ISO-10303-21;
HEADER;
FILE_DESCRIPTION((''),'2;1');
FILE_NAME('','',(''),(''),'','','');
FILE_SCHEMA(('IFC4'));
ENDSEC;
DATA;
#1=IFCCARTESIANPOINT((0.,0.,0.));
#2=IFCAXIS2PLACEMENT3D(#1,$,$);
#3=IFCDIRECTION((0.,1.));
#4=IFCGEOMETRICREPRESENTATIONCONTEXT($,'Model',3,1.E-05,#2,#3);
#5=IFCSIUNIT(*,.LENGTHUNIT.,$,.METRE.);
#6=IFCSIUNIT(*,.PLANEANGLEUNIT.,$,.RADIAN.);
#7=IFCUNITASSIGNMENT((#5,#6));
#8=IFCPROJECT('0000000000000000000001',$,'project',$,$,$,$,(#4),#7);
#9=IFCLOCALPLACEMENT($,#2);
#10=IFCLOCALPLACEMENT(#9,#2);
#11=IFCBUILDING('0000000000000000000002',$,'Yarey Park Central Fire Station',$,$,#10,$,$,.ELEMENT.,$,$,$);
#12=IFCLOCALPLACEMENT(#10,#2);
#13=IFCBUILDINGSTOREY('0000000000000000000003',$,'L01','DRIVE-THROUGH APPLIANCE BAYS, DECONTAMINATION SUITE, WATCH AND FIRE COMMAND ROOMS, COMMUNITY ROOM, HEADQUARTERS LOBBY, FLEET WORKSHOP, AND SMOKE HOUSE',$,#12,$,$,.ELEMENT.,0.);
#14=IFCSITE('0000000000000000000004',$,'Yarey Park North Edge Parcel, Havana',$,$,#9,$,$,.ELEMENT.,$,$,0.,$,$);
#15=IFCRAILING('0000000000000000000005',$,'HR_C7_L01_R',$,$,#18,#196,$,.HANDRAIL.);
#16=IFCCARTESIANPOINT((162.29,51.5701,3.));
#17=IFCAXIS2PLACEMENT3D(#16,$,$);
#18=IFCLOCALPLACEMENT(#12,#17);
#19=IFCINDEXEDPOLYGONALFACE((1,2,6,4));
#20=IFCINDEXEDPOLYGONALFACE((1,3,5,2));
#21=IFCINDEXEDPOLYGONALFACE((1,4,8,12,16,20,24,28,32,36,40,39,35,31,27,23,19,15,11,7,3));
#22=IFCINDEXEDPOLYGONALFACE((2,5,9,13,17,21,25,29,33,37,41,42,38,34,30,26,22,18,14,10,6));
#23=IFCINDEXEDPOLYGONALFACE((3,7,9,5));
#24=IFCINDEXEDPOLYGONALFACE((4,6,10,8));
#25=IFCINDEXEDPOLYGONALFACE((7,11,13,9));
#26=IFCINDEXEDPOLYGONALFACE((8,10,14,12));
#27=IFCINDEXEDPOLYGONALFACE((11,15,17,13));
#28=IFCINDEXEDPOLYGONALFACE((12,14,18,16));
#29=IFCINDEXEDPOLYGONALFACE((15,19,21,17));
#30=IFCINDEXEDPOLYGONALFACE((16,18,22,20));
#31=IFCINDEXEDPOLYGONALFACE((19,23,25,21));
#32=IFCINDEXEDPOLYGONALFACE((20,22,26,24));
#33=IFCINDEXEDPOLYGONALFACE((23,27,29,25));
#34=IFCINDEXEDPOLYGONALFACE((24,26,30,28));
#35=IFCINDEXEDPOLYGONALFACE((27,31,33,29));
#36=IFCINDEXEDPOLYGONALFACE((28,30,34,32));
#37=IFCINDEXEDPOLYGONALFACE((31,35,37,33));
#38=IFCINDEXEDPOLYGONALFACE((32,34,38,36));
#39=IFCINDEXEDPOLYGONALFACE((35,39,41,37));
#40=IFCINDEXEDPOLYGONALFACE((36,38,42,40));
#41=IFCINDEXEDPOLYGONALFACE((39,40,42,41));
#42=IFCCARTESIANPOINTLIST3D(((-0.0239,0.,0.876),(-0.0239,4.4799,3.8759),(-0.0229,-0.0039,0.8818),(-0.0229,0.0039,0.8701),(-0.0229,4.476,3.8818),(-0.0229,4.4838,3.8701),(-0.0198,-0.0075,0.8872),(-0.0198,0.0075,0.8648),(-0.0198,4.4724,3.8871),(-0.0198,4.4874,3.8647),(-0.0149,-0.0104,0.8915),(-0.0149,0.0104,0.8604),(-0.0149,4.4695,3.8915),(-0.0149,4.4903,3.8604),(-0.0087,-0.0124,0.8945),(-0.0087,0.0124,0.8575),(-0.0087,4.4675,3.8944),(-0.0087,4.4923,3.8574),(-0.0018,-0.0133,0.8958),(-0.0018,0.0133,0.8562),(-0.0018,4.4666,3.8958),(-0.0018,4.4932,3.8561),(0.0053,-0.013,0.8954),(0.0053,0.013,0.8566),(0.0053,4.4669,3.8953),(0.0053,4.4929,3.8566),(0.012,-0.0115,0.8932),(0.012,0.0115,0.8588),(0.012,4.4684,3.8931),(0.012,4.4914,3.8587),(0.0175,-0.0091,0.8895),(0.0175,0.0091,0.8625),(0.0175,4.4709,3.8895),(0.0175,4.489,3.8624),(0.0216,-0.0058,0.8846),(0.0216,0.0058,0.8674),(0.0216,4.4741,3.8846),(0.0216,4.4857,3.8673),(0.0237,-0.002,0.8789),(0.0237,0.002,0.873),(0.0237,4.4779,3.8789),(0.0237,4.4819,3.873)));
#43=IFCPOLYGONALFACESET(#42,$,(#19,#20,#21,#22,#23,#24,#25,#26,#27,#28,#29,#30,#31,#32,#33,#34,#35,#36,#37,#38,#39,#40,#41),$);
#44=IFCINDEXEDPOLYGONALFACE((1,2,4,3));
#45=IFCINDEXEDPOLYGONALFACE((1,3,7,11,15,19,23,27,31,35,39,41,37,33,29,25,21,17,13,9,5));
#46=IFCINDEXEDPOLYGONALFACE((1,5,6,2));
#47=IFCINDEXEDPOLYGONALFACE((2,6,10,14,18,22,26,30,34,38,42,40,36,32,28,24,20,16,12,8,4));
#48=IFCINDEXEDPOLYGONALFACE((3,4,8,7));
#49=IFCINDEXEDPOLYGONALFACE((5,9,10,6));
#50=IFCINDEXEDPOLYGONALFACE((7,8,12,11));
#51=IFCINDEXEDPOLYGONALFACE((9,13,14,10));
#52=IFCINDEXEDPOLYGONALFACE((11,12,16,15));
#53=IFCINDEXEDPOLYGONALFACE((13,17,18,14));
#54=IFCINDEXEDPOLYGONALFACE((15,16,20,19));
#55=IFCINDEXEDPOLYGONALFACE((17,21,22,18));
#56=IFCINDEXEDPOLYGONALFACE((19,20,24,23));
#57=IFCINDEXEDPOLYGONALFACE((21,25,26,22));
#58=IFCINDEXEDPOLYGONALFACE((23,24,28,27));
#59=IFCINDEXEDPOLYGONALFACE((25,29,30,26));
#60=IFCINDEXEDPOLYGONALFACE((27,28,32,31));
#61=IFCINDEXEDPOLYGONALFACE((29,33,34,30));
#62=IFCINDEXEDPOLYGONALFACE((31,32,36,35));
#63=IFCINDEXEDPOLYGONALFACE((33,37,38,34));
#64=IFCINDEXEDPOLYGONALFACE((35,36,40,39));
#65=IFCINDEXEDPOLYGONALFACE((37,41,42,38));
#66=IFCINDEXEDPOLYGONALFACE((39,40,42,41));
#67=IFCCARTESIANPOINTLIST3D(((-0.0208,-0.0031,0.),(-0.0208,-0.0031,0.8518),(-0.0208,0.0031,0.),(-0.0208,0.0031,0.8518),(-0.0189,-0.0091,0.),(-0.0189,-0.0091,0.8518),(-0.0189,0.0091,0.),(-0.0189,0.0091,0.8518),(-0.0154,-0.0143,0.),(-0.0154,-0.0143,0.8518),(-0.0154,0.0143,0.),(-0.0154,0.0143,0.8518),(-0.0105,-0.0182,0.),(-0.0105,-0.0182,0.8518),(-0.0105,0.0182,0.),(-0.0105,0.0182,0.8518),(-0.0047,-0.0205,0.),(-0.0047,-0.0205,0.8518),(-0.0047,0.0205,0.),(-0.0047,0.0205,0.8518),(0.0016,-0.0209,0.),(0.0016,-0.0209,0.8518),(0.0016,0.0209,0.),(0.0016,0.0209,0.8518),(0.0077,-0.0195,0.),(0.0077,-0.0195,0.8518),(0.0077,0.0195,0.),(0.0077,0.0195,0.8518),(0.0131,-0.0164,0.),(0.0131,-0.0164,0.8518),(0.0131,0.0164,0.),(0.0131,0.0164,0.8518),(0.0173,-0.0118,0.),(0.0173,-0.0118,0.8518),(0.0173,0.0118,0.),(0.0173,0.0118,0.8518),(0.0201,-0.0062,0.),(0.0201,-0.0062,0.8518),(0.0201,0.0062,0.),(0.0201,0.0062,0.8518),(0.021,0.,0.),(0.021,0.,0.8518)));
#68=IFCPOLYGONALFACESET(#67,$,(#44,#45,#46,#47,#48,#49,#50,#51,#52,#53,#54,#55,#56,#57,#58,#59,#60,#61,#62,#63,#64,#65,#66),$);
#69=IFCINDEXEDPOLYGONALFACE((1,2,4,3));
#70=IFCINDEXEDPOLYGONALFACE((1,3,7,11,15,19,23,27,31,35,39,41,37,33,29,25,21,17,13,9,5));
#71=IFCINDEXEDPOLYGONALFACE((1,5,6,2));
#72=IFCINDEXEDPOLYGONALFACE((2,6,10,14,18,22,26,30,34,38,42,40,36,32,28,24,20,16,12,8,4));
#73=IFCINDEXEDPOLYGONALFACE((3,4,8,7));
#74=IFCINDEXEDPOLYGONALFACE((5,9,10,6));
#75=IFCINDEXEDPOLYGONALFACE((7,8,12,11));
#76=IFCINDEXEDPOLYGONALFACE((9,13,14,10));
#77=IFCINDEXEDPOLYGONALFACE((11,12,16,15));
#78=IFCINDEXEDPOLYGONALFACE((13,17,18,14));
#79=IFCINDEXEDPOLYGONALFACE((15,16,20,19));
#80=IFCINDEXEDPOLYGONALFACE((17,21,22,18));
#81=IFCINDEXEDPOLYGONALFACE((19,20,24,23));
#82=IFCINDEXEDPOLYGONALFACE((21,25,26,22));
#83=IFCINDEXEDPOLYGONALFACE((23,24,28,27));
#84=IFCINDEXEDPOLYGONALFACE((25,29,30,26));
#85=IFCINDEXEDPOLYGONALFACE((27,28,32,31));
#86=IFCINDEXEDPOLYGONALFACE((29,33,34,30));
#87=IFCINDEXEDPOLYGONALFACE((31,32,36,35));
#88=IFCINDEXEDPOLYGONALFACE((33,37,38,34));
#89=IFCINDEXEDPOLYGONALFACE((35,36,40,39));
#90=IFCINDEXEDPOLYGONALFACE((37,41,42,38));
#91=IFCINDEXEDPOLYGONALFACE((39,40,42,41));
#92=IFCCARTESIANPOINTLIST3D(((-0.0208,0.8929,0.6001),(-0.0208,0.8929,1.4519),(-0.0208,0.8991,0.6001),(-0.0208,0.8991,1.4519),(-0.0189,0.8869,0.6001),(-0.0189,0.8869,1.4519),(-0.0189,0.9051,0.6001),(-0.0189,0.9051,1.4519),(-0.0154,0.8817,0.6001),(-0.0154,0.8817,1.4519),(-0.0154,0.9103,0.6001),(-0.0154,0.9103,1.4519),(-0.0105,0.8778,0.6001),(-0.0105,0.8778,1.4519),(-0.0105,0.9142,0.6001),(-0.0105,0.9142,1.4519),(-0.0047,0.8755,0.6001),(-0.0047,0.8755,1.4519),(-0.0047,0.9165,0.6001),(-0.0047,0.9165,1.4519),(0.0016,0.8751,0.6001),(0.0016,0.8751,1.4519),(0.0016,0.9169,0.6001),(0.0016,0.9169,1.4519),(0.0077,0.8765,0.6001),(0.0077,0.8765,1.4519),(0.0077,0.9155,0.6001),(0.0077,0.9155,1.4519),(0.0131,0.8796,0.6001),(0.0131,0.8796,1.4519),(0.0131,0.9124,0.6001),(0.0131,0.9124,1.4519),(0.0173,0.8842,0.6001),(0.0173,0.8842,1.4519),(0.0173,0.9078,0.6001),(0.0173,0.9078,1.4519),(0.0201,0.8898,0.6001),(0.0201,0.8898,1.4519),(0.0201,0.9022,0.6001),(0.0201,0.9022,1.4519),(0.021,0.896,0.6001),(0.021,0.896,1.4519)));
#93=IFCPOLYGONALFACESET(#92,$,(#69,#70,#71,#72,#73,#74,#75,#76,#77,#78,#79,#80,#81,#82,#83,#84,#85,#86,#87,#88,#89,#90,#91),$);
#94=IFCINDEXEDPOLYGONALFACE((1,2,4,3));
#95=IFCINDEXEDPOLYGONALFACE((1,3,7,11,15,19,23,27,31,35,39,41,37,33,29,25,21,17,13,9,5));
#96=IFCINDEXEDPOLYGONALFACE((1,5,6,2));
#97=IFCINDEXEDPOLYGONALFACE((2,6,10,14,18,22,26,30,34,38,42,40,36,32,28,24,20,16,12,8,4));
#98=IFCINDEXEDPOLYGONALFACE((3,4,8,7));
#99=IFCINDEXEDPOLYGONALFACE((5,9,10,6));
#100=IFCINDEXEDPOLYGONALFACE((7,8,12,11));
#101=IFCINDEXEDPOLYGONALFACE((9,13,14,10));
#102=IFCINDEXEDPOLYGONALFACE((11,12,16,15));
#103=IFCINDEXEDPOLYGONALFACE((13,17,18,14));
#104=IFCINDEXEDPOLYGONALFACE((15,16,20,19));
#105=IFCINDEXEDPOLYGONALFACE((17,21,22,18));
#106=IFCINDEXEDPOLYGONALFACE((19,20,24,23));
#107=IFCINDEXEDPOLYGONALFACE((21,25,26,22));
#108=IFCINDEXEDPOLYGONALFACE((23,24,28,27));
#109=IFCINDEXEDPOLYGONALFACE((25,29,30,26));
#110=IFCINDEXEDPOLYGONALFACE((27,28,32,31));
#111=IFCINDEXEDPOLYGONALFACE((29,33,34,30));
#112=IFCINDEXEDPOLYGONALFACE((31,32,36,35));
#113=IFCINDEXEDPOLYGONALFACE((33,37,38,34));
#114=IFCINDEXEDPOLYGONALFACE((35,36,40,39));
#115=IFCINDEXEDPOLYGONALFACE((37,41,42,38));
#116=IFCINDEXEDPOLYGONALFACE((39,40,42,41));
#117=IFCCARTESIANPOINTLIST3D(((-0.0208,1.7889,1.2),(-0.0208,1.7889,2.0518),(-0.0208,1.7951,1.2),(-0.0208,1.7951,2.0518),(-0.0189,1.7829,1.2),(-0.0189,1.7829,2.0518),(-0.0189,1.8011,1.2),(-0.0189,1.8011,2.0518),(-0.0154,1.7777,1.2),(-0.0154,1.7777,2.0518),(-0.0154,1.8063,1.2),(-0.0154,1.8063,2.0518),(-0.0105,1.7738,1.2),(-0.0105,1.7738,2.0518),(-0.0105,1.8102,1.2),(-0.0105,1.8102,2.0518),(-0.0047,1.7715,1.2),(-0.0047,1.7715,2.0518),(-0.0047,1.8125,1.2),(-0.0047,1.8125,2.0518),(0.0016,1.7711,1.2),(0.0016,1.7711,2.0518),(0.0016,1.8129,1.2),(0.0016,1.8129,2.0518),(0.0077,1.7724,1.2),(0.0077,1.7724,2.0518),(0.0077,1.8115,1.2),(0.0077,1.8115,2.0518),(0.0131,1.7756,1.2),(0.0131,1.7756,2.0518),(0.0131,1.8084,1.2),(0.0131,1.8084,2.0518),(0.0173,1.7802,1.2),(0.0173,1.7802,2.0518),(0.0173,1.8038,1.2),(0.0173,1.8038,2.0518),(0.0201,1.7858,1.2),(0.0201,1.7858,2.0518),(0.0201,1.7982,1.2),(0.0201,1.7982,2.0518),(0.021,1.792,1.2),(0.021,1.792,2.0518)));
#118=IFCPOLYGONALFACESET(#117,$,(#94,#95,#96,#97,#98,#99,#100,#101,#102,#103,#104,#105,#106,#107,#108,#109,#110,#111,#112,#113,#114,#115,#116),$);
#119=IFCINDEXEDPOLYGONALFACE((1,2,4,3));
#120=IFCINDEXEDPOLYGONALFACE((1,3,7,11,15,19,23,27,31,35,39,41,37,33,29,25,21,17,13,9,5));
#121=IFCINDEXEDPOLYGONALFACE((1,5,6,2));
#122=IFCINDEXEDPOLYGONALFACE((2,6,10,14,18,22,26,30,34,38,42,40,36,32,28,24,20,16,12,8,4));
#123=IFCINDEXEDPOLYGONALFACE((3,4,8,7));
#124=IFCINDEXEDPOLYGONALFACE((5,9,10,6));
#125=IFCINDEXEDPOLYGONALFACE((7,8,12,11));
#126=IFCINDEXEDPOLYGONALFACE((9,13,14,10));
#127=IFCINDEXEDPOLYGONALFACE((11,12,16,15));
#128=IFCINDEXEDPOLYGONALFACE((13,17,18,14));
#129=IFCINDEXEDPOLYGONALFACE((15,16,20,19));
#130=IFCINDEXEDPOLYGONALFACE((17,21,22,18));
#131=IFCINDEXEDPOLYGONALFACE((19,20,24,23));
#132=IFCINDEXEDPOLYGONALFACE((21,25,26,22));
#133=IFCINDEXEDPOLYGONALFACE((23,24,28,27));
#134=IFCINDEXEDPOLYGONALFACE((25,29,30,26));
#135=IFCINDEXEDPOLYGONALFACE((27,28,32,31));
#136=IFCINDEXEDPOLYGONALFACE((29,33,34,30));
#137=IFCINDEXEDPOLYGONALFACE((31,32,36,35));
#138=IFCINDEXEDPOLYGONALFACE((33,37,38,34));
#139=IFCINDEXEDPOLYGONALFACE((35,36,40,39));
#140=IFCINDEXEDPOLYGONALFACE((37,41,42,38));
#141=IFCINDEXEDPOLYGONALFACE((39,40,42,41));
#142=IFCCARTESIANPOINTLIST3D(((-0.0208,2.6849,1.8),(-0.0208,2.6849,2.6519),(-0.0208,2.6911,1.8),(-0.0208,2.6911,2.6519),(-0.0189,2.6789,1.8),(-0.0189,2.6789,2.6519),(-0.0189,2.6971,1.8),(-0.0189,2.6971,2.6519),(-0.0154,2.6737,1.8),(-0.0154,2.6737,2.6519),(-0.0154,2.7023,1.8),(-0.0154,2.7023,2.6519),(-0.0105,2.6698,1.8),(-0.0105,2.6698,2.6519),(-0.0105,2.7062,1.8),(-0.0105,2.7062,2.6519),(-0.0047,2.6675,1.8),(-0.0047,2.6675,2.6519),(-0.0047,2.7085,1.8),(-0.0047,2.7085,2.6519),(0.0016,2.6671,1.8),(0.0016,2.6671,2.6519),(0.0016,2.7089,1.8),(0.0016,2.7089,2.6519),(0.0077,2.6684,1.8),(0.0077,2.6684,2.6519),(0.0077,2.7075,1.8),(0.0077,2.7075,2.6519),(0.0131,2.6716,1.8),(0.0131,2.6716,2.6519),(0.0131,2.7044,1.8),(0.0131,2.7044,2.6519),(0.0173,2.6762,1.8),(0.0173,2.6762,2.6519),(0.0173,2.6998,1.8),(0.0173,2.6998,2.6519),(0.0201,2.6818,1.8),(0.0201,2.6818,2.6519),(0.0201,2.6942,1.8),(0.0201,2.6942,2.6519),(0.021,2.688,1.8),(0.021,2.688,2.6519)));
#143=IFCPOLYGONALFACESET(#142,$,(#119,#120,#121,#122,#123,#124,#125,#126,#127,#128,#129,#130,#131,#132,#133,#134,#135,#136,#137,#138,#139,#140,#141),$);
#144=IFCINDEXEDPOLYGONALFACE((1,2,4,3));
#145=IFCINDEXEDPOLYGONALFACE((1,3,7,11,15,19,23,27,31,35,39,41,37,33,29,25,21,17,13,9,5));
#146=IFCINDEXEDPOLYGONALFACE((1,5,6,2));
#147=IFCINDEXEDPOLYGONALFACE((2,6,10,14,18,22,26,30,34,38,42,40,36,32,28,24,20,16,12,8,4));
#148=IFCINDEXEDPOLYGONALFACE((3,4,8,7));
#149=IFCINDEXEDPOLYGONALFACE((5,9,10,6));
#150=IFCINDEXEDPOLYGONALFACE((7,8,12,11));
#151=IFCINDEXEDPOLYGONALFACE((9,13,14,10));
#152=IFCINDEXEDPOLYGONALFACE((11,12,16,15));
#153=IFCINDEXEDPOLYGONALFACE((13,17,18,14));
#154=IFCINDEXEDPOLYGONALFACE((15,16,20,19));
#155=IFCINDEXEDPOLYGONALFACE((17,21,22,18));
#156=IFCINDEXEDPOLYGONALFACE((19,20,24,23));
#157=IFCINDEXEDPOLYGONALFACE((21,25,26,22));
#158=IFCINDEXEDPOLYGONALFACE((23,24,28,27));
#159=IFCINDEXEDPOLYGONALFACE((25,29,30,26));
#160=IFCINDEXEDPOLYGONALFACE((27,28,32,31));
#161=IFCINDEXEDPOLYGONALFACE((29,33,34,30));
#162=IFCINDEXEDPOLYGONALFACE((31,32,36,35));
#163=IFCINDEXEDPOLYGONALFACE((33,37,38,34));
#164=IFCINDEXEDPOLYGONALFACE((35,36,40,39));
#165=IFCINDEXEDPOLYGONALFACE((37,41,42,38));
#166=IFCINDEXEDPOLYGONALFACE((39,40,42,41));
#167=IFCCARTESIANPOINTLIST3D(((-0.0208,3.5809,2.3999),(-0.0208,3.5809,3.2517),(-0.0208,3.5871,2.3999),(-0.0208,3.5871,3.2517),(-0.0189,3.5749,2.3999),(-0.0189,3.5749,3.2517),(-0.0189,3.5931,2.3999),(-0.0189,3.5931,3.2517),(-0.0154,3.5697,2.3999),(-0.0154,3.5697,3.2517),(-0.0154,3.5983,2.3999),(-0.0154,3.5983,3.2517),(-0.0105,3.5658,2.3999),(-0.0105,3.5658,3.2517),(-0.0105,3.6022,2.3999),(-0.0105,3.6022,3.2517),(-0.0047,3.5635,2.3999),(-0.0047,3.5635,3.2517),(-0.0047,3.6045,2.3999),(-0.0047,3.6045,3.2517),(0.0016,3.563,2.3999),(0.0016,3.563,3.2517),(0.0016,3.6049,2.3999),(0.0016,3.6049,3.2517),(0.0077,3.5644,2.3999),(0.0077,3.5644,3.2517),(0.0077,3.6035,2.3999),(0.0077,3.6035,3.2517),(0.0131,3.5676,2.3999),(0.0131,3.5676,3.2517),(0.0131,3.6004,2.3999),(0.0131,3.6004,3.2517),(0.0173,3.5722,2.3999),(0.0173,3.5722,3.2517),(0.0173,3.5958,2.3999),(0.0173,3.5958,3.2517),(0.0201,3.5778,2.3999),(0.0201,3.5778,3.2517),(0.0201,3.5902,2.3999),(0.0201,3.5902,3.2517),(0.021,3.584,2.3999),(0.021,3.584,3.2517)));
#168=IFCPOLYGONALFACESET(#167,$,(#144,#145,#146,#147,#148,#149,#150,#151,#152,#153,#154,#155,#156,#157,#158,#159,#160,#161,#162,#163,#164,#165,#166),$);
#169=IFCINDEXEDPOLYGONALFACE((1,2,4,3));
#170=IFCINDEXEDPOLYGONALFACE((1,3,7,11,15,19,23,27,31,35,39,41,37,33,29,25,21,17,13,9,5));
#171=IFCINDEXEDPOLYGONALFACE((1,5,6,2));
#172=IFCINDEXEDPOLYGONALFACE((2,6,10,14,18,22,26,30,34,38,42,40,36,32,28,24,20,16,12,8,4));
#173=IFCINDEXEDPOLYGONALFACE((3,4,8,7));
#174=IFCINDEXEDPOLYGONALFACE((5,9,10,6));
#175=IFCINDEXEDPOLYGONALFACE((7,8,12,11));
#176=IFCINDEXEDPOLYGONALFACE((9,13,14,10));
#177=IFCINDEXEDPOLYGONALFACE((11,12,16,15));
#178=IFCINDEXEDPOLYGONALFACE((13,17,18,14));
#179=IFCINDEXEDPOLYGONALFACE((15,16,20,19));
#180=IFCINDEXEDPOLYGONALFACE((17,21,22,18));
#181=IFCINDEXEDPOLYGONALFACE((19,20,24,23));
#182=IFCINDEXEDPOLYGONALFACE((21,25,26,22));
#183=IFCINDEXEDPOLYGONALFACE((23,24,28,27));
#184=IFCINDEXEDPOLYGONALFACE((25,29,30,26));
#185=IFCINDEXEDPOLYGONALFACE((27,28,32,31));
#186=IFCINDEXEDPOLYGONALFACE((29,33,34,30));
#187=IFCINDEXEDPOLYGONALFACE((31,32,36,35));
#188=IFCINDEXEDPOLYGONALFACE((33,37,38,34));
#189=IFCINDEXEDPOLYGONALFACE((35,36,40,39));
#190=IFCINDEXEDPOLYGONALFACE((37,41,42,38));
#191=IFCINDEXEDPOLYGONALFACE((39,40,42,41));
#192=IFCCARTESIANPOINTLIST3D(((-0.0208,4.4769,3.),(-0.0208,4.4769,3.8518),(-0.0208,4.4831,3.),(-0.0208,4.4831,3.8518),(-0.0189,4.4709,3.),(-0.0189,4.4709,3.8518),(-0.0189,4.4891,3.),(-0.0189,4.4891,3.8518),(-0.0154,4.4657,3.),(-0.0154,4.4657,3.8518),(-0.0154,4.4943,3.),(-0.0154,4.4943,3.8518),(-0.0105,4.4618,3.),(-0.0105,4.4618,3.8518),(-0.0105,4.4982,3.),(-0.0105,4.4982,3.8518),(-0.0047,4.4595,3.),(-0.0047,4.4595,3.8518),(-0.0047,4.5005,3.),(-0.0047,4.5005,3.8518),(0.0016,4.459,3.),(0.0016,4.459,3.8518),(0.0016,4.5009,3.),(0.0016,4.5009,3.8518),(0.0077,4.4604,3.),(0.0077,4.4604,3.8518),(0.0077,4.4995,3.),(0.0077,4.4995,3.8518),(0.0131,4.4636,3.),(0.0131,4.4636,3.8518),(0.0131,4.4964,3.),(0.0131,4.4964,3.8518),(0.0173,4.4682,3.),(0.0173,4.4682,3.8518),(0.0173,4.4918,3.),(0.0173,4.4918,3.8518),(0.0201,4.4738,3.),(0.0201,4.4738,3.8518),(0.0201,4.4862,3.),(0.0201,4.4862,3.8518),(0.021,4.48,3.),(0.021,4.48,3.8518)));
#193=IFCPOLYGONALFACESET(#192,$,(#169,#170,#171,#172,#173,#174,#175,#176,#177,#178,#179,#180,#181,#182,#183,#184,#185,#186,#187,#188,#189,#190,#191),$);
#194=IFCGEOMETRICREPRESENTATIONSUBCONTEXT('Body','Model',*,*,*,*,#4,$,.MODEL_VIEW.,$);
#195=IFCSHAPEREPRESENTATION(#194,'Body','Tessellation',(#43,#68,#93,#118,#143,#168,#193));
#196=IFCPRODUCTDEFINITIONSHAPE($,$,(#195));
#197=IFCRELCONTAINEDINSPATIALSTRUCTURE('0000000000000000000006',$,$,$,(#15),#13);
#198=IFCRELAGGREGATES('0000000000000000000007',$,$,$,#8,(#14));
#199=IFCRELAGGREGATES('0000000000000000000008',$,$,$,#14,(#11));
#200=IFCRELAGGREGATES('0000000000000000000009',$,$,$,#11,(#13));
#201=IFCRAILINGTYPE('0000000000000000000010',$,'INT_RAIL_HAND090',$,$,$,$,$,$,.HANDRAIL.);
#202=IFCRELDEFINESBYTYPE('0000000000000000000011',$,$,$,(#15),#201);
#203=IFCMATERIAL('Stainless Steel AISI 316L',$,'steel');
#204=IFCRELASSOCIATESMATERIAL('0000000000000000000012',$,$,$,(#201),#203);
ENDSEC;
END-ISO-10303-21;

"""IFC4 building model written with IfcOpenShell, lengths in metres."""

from ifc_helpers import new_model, si_unit, direction, frame, origin, origin_2d, place, context, subcontext, project, spatial, circle, extrude, material, type_object, element, save


model = new_model("IFC4")

# Units and contexts
model_context = context("Model", 3, precision=1e-05, world=origin(), true_north=direction((0.0, 1.0)))
body_context = subcontext(model_context, "Body", "Model", "MODEL_VIEW")
ifc_project = project(units=[si_unit("LENGTHUNIT", "METRE"), si_unit("PLANEANGLEUNIT", "RADIAN")], contexts=[model_context])

# Site, building, storey
site_placement = place(None, origin())
site = spatial("IfcSite", under=ifc_project, at=site_placement, Name="Yarey Park North Edge Parcel, Havana", CompositionType="ELEMENT", RefElevation=0.0)
building_placement = place(site_placement, origin())
building = spatial("IfcBuilding", under=site, at=building_placement, Name="Yarey Park Central Fire Station", CompositionType="ELEMENT")
storey_placement = place(building_placement, origin())
storey = spatial("IfcBuildingStorey", under=building, at=storey_placement, Name="L01", Description="DRIVE-THROUGH APPLIANCE BAYS, DECONTAMINATION SUITE, WATCH AND FIRE COMMAND ROOMS, COMMUNITY ROOM, HEADQUARTERS LOBBY, FLEET WORKSHOP, AND SMOKE HOUSE", CompositionType="ELEMENT", Elevation=0.0)

# Railing
ifc_material_1 = material(Name="Stainless Steel AISI 316L", Category="steel")
railing_type = type_object("IfcRailingType", Name="INT_RAIL_HAND090", PredefinedType="HANDRAIL", material=ifc_material_1)
for number, where, name in (
    (1, (162.29, 51.5701, 3.0), "HR_C7_L01_R"),
):
    element("IfcRailing", number, at=place(storey_placement, frame(where)), inside=storey, type_object=railing_type, Name=name, PredefinedType="HANDRAIL", context=body_context, shape_type="SweptSolid", body=[
        extrude(circle(Radius=0.0239, at=origin_2d()), frame((0.0, 0.0, 0.876), z_axis=(0.0, 0.830906, 0.556413), x_axis=(-1.0, 0.0, 0.0)), (0.0, 0.0, 1.0), 5.3916),
        extrude(circle(Radius=0.021, at=origin_2d()), origin(), (0.0, 0.0, 1.0), 0.8518),
        extrude(circle(Radius=0.021, at=origin_2d()), frame((0.0, 0.896, 0.6001)), (0.0, 0.0, 1.0), 0.8518),
        extrude(circle(Radius=0.021, at=origin_2d()), frame((0.0, 1.792, 1.2)), (0.0, 0.0, 1.0), 0.8518),
        extrude(circle(Radius=0.021, at=origin_2d()), frame((0.0, 2.688, 1.8)), (0.0, 0.0, 1.0), 0.8518),
        extrude(circle(Radius=0.021, at=origin_2d()), frame((0.0, 3.584, 2.3999)), (0.0, 0.0, 1.0), 0.8518),
        extrude(circle(Radius=0.021, at=origin_2d()), frame((0.0, 4.48, 3.0)), (0.0, 0.0, 1.0), 0.8518),
    ])

save(model, "model.ifc")
